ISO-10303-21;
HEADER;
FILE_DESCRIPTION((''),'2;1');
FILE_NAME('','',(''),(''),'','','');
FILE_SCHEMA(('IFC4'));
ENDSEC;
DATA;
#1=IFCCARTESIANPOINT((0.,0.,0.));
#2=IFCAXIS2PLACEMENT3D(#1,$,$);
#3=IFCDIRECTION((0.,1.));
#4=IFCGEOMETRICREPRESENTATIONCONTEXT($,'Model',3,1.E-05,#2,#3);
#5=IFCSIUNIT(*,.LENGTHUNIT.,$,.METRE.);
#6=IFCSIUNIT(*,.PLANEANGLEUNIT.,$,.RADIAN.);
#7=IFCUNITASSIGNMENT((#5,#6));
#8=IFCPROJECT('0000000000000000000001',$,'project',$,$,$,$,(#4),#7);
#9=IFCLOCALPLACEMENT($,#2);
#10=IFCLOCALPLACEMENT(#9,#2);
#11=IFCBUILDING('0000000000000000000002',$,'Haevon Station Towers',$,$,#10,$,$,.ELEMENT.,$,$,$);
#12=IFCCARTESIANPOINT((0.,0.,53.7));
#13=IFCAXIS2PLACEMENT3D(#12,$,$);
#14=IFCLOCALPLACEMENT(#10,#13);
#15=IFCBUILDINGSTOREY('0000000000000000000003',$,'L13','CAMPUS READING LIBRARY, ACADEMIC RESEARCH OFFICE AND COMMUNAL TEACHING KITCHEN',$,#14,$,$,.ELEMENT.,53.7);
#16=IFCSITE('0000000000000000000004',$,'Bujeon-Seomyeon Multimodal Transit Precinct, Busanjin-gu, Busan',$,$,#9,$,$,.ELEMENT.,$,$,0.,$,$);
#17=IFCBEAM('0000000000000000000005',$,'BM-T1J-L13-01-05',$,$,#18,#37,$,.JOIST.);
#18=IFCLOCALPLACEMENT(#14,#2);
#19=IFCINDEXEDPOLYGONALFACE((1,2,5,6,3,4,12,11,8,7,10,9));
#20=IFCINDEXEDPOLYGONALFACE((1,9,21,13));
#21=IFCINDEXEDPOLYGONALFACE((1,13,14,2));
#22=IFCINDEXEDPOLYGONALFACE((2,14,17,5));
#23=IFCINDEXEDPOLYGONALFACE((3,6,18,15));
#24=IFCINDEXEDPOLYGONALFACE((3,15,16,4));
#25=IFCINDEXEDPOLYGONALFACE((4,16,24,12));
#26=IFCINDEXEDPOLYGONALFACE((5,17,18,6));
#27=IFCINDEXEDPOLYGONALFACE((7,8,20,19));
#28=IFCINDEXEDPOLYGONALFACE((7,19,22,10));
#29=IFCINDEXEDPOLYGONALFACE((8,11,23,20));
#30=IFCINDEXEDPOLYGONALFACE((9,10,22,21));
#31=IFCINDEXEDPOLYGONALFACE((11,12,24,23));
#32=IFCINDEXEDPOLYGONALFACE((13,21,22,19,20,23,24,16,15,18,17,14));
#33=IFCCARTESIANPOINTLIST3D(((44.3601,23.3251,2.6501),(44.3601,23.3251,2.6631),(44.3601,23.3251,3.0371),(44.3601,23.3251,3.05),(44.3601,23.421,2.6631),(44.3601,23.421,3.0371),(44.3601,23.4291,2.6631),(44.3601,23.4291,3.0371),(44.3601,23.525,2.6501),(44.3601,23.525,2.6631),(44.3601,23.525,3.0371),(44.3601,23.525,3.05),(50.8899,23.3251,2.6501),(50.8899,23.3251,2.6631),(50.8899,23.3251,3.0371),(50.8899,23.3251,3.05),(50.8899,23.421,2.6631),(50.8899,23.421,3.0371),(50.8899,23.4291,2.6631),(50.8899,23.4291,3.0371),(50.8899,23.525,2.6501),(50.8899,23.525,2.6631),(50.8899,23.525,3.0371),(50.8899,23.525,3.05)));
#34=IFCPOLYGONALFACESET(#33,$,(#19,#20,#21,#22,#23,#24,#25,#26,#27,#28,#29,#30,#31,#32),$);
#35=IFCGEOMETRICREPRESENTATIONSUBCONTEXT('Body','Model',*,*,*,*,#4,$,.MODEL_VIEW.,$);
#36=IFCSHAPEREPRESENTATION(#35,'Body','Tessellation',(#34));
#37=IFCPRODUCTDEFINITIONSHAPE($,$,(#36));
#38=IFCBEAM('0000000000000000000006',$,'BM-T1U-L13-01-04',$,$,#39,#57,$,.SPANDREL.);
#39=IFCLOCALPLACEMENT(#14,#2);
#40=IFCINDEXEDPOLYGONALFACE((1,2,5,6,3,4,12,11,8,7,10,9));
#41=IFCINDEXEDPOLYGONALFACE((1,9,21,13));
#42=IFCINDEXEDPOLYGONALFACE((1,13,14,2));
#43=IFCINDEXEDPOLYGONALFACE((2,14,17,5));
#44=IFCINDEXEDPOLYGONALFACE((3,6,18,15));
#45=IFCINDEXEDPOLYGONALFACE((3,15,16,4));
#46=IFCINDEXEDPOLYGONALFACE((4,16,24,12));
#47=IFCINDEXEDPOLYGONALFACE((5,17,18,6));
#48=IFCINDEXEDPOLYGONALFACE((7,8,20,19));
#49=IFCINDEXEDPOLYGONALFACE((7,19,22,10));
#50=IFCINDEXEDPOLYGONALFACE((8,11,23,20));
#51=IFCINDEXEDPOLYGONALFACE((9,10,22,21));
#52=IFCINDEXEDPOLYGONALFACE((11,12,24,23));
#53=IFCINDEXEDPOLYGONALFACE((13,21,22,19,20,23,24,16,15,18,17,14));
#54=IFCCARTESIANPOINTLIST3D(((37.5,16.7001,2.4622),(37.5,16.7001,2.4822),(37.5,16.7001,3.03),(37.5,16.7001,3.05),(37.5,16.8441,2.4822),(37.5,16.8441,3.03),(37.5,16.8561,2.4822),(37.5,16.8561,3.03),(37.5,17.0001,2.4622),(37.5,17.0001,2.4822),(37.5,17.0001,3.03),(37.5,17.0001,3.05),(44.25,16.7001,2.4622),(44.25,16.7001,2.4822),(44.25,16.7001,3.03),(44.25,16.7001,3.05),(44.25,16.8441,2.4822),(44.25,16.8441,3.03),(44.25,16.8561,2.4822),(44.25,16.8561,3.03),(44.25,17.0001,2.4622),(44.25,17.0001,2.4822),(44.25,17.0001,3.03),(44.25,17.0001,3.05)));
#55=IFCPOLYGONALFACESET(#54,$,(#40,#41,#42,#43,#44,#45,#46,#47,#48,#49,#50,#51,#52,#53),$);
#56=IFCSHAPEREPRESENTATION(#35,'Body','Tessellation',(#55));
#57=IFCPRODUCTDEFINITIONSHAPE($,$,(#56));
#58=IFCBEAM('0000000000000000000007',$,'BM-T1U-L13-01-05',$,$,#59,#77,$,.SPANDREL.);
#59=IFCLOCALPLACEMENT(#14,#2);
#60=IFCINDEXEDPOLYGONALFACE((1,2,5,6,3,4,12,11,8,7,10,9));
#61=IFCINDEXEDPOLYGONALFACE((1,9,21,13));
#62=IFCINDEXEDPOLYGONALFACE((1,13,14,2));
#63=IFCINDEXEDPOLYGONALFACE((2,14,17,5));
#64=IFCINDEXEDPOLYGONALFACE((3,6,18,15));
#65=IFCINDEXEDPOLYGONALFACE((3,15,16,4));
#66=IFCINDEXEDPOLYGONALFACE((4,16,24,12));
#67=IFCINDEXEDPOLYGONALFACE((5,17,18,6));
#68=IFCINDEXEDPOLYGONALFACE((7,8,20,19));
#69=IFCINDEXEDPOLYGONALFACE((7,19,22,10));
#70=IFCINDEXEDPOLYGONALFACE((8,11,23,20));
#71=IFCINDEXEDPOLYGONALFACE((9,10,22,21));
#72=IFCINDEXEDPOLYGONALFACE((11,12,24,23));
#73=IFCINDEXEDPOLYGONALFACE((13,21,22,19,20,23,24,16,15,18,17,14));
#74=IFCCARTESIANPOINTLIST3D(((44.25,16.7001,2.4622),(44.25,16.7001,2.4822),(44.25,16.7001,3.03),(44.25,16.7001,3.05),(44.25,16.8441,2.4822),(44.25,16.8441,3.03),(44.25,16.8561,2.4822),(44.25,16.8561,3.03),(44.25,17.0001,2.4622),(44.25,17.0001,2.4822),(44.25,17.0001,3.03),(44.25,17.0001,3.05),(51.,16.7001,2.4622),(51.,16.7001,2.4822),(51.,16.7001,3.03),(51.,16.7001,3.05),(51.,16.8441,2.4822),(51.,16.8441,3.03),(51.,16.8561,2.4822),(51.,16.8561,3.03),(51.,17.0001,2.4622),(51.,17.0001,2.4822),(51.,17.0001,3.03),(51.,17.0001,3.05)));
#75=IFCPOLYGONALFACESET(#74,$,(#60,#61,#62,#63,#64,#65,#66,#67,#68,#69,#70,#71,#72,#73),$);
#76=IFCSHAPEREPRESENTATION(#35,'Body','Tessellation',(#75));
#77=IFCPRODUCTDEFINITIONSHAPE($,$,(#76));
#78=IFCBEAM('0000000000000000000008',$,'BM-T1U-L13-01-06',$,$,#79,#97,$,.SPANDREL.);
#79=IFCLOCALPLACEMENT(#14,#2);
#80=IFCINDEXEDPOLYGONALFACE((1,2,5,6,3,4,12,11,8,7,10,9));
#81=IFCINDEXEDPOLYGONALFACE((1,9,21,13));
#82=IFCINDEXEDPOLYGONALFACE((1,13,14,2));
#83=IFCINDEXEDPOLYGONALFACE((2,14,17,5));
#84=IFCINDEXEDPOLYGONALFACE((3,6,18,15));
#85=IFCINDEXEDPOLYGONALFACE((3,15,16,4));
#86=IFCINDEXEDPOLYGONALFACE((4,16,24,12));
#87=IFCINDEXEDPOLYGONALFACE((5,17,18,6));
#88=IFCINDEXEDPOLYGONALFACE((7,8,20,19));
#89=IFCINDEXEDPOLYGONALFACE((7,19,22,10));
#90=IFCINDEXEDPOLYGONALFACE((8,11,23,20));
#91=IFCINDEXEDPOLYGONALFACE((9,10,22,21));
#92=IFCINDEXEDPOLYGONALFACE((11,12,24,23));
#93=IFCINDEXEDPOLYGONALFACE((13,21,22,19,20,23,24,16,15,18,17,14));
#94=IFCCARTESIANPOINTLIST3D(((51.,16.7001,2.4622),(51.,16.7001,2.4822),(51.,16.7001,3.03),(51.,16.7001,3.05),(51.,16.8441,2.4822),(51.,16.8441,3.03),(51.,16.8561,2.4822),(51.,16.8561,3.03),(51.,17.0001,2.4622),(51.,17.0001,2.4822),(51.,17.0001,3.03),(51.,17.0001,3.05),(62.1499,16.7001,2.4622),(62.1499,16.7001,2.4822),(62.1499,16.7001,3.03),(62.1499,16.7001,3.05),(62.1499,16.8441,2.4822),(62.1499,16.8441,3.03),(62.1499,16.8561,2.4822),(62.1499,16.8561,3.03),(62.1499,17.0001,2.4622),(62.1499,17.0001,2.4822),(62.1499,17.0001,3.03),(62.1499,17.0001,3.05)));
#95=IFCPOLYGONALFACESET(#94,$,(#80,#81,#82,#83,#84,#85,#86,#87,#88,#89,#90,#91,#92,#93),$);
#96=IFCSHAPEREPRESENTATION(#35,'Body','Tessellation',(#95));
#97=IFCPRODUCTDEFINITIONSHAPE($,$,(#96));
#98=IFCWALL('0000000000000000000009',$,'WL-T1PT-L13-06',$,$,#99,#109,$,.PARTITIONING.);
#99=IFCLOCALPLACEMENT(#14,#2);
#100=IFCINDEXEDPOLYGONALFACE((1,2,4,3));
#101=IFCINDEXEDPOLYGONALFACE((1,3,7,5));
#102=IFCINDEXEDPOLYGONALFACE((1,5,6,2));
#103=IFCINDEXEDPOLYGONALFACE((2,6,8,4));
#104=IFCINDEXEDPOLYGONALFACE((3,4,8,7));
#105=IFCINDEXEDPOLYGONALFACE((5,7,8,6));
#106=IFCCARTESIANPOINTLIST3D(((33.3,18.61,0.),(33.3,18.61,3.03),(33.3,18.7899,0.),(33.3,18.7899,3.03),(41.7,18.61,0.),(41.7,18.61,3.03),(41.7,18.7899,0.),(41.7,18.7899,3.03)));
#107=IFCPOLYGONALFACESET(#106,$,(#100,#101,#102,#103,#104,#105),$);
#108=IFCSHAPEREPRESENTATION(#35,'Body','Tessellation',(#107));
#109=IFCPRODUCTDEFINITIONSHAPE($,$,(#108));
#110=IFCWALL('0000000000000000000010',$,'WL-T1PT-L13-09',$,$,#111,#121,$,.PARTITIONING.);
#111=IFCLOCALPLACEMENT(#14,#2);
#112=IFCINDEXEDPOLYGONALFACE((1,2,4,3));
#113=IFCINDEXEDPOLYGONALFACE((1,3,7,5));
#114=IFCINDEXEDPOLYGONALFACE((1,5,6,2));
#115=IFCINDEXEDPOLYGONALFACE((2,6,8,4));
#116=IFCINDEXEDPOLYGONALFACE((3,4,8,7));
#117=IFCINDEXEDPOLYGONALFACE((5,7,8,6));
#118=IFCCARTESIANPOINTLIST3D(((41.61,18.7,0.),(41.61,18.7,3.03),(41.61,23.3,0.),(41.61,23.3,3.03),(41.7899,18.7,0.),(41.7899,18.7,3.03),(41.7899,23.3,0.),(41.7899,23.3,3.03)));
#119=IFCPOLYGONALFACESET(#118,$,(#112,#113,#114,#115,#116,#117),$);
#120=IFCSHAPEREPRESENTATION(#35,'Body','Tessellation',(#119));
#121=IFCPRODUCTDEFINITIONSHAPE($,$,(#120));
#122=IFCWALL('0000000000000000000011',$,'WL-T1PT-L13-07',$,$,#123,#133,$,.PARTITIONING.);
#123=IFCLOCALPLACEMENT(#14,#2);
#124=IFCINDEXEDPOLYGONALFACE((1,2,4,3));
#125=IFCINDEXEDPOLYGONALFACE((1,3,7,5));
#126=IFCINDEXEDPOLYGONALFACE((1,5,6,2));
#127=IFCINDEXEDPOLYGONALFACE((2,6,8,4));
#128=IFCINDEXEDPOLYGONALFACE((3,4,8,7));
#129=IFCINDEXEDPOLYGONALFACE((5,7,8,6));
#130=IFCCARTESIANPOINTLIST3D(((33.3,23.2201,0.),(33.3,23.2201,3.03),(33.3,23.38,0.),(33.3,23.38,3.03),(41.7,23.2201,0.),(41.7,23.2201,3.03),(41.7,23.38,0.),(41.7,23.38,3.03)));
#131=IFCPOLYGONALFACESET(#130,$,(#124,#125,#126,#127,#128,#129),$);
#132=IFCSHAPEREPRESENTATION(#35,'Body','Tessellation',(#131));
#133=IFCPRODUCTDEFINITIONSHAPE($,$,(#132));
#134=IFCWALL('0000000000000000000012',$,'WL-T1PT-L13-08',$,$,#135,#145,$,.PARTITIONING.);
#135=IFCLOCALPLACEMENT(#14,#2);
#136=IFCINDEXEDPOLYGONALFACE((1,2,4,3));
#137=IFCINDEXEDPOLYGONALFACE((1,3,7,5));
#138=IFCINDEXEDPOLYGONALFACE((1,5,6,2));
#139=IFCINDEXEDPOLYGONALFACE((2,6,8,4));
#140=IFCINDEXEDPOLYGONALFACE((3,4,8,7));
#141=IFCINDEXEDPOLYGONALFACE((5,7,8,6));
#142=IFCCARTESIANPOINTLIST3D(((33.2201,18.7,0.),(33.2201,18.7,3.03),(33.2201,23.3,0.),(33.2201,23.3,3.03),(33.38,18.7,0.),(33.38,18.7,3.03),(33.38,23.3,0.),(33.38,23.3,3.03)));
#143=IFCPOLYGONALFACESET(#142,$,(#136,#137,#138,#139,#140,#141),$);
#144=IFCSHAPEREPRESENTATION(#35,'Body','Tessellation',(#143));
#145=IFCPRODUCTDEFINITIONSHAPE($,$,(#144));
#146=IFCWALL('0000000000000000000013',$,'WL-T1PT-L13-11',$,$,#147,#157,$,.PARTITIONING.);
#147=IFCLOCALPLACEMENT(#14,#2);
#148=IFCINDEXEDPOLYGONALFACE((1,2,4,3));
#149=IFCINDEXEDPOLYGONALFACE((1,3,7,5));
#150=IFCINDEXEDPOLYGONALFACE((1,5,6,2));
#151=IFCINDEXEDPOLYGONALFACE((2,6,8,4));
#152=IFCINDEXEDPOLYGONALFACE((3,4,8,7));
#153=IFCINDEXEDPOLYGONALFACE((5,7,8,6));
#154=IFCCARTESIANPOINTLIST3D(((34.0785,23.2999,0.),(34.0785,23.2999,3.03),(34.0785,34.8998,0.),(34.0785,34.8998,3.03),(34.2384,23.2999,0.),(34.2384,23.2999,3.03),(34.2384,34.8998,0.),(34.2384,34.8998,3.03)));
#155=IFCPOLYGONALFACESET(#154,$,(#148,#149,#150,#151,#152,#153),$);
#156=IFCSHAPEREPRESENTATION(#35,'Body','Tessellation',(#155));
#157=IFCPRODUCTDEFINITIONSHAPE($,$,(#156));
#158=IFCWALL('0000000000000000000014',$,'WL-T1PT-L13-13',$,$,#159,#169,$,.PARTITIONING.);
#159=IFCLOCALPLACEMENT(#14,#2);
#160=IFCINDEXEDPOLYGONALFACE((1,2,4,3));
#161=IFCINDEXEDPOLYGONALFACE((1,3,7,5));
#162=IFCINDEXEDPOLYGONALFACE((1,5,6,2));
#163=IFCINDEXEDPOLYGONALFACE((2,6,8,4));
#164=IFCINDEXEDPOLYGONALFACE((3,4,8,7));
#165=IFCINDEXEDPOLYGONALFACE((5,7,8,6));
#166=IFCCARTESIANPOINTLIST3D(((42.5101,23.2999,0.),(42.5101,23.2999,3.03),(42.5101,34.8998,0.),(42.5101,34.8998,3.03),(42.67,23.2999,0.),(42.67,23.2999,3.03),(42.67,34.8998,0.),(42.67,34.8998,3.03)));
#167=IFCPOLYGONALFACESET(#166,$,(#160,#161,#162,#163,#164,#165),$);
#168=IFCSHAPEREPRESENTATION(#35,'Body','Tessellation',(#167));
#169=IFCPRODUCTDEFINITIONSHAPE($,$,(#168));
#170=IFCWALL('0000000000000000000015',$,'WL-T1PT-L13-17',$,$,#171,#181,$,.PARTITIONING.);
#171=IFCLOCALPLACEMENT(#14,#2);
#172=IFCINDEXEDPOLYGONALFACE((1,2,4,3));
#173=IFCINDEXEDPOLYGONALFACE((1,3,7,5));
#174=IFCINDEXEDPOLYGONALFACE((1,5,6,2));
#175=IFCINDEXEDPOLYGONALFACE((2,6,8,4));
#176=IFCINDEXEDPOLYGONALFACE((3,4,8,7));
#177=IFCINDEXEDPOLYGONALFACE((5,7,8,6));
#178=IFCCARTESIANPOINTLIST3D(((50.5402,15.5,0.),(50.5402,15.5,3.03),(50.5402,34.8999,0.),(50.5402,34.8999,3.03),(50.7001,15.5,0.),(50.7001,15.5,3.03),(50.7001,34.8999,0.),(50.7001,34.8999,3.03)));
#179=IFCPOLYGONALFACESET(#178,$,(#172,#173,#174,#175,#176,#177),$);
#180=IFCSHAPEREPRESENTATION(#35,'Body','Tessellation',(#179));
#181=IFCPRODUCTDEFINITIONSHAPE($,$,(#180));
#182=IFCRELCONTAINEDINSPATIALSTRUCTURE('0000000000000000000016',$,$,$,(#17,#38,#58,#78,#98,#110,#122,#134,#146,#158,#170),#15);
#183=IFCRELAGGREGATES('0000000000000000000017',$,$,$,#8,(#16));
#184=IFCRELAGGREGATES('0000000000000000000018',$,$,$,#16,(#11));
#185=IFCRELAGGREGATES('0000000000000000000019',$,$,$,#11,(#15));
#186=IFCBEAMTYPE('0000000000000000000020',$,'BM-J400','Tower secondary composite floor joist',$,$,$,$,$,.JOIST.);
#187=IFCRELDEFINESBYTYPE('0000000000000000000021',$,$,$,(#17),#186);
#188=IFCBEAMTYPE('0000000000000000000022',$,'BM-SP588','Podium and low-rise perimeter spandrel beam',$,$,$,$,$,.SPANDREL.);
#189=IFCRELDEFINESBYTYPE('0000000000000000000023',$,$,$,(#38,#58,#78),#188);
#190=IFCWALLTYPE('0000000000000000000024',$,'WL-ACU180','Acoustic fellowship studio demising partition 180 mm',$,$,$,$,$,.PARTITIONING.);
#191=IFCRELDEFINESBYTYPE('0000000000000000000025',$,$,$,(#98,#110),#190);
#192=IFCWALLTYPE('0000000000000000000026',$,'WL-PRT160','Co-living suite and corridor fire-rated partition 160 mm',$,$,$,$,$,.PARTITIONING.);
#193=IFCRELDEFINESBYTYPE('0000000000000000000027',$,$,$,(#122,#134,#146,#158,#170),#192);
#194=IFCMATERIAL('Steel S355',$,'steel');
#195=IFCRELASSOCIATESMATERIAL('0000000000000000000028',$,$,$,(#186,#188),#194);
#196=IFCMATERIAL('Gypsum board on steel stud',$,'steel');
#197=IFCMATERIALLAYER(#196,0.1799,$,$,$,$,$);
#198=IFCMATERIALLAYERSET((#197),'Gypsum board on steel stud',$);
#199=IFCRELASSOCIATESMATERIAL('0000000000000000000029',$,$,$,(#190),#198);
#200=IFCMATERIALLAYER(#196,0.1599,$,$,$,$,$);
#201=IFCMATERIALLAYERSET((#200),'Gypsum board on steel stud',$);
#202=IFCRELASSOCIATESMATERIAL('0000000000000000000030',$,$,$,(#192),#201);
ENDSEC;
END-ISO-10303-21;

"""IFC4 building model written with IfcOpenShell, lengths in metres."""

from ifc_helpers import new_model, si_unit, direction, frame, frame_2d, origin, origin_2d, place, context, subcontext, project, spatial, rectangle, i_section, extrude, material, layer, layer_set, material_profile, profile_set, type_object, element, save


model = new_model("IFC4")

# Units and contexts
model_context = context("Model", 3, precision=1e-05, world=origin(), true_north=direction((0.0, 1.0)))
body_context = subcontext(model_context, "Body", "Model", "MODEL_VIEW")
ifc_project = project(units=[si_unit("LENGTHUNIT", "METRE"), si_unit("PLANEANGLEUNIT", "RADIAN")], contexts=[model_context])

# Site, building, storey
site_placement = place(None, origin())
site = spatial("IfcSite", under=ifc_project, at=site_placement, Name="Bujeon-Seomyeon Multimodal Transit Precinct, Busanjin-gu, Busan", CompositionType="ELEMENT", RefElevation=0.0)
building_placement = place(site_placement, origin())
building = spatial("IfcBuilding", under=site, at=building_placement, Name="Haevon Station Towers", CompositionType="ELEMENT")
storey_placement = place(building_placement, frame((0.0, 0.0, 53.7)))
storey = spatial("IfcBuildingStorey", under=building, at=storey_placement, Name="L13", Description="CAMPUS READING LIBRARY, ACADEMIC RESEARCH OFFICE AND COMMUNAL TEACHING KITCHEN", CompositionType="ELEMENT", Elevation=53.7)

# Beams
ifc_material_1 = material(Name="Steel S355", Category="steel")
ifc_material_profile_1 = material_profile(ifc_material_1, i_section(OverallWidth=0.2, OverallDepth=0.3999, WebThickness=0.0081, FlangeThickness=0.0129, at=origin_2d()), Name="H-400x200x8x13")
ifc_profile_set_1 = profile_set([ifc_material_profile_1], Name="Steel S355")
beam_type_1 = type_object("IfcBeamType", Name="BM-J400", Description="Tower secondary composite floor joist", PredefinedType="JOIST", material=ifc_profile_set_1)
beam_1_placement = place(storey_placement, frame((44.3601, 23.425, 2.8501), z_axis=(1.0, 0.0, 0.0), x_axis=(0.0, 1.0, 0.0)))
element("IfcBeam", 1, at=beam_1_placement, inside=storey, type_object=beam_type_1, Name="BM-T1J-L13-01-05", PredefinedType="JOIST", context=body_context, shape_type="SweptSolid", body=[
    extrude(i_section(OverallWidth=0.2, OverallDepth=0.3999, WebThickness=0.0081, FlangeThickness=0.0129, at=origin_2d()), origin(), (0.0, 0.0, 1.0), 6.5298),
])
ifc_material_profile_2 = material_profile(ifc_material_1, i_section(OverallWidth=0.3, OverallDepth=0.5879, WebThickness=0.012, FlangeThickness=0.02, at=origin_2d()), Name="H-588x300x12x20")
ifc_profile_set_2 = profile_set([ifc_material_profile_2], Name="Steel S355")
beam_type_2 = type_object("IfcBeamType", Name="BM-SP588", Description="Podium and low-rise perimeter spandrel beam", PredefinedType="SPANDREL", material=ifc_profile_set_2)
for number, where, z_axis, x_axis, name in (
    (2, (37.5, 16.8501, 2.7561), (1.0, 0.0, 0.0), (0.0, 1.0, 0.0), "BM-T1U-L13-01-04"),
    (3, (44.25, 16.8501, 2.7561), (1.0, 0.0, 0.0), (0.0, 1.0, 0.0), "BM-T1U-L13-01-05"),
):
    element("IfcBeam", number, at=place(storey_placement, frame(where, z_axis=z_axis, x_axis=x_axis)), inside=storey, type_object=beam_type_2, Name=name, PredefinedType="SPANDREL", context=body_context, shape_type="SweptSolid", body=[
        extrude(i_section(OverallWidth=0.3, OverallDepth=0.5879, WebThickness=0.012, FlangeThickness=0.02, at=origin_2d()), origin(), (0.0, 0.0, 1.0), 6.75),
    ])
beam_2_placement = place(storey_placement, frame((51.0, 16.8501, 2.7561), z_axis=(1.0, 0.0, 0.0), x_axis=(0.0, 1.0, 0.0)))
element("IfcBeam", 4, at=beam_2_placement, inside=storey, type_object=beam_type_2, Name="BM-T1U-L13-01-06", PredefinedType="SPANDREL", context=body_context, shape_type="SweptSolid", body=[
    extrude(i_section(OverallWidth=0.3, OverallDepth=0.5879, WebThickness=0.012, FlangeThickness=0.02, at=origin_2d()), origin(), (0.0, 0.0, 1.0), 11.1499),
])

# Walls
ifc_material_2 = material(Name="Gypsum board on steel stud", Category="steel")
ifc_layer_1 = layer(ifc_material_2, 0.1799)
ifc_layer_set_1 = layer_set([ifc_layer_1], Name="Gypsum board on steel stud")
wall_type_1 = type_object("IfcWallType", Name="WL-ACU180", Description="Acoustic fellowship studio demising partition 180 mm", PredefinedType="PARTITIONING", material=ifc_layer_set_1)
wall_1_placement = place(storey_placement, frame((33.3, 18.7, 0.0), z_axis=(0.0, 0.0, 1.0), x_axis=(1.0, 0.0, 0.0)))
element("IfcWall", 5, at=wall_1_placement, inside=storey, type_object=wall_type_1, Name="WL-T1PT-L13-06", PredefinedType="PARTITIONING", context=body_context, shape_type="SweptSolid", body=[
    extrude(rectangle(XDim=8.3999, YDim=0.1799, at=frame_2d((4.2, 0.0))), origin(), (0.0, 0.0, 1.0), 3.03),
])
wall_2_placement = place(storey_placement, frame((41.7, 18.7, 0.0), z_axis=(0.0, 0.0, 1.0), x_axis=(0.0, 1.0, 0.0)))
element("IfcWall", 6, at=wall_2_placement, inside=storey, type_object=wall_type_1, Name="WL-T1PT-L13-09", PredefinedType="PARTITIONING", context=body_context, shape_type="SweptSolid", body=[
    extrude(rectangle(XDim=4.6001, YDim=0.1799, at=frame_2d((2.3, 0.0))), origin(), (0.0, 0.0, 1.0), 3.03),
])
ifc_layer_2 = layer(ifc_material_2, 0.1599)
ifc_layer_set_2 = layer_set([ifc_layer_2], Name="Gypsum board on steel stud")
wall_type_2 = type_object("IfcWallType", Name="WL-PRT160", Description="Co-living suite and corridor fire-rated partition 160 mm", PredefinedType="PARTITIONING", material=ifc_layer_set_2)
wall_3_placement = place(storey_placement, frame((33.3, 23.3, 0.0), z_axis=(0.0, 0.0, 1.0), x_axis=(1.0, 0.0, 0.0)))
element("IfcWall", 7, at=wall_3_placement, inside=storey, type_object=wall_type_2, Name="WL-T1PT-L13-07", PredefinedType="PARTITIONING", context=body_context, shape_type="SweptSolid", body=[
    extrude(rectangle(XDim=8.3999, YDim=0.1599, at=frame_2d((4.2, 0.0))), origin(), (0.0, 0.0, 1.0), 3.03),
])
wall_4_placement = place(storey_placement, frame((33.3, 18.7, 0.0), z_axis=(0.0, 0.0, 1.0), x_axis=(0.0, 1.0, 0.0)))
element("IfcWall", 8, at=wall_4_placement, inside=storey, type_object=wall_type_2, Name="WL-T1PT-L13-08", PredefinedType="PARTITIONING", context=body_context, shape_type="SweptSolid", body=[
    extrude(rectangle(XDim=4.6001, YDim=0.1599, at=frame_2d((2.3, 0.0))), origin(), (0.0, 0.0, 1.0), 3.03),
])
for number, where, z_axis, x_axis, name in (
    (9, (34.1584, 23.3, 0.0), (0.0, 0.0, 1.0), (0.0, 1.0, 0.0), "WL-T1PT-L13-11"),
    (10, (42.5901, 23.3, 0.0), (0.0, 0.0, 1.0), (0.0, 1.0, 0.0), "WL-T1PT-L13-13"),
):
    element("IfcWall", number, at=place(storey_placement, frame(where, z_axis=z_axis, x_axis=x_axis)), inside=storey, type_object=wall_type_2, Name=name, PredefinedType="PARTITIONING", context=body_context, shape_type="SweptSolid", body=[
        extrude(rectangle(XDim=11.5999, YDim=0.1599, at=frame_2d((5.7998, 0.0))), origin(), (0.0, 0.0, 1.0), 3.03),
    ])
wall_5_placement = place(storey_placement, frame((50.6201, 15.5, 0.0), z_axis=(0.0, 0.0, 1.0), x_axis=(0.0, 1.0, 0.0)))
element("IfcWall", 11, at=wall_5_placement, inside=storey, type_object=wall_type_2, Name="WL-T1PT-L13-17", PredefinedType="PARTITIONING", context=body_context, shape_type="SweptSolid", body=[
    extrude(rectangle(XDim=19.3999, YDim=0.1599, at=frame_2d((9.7, 0.0))), origin(), (0.0, 0.0, 1.0), 3.03),
])

save(model, "model.ifc")
